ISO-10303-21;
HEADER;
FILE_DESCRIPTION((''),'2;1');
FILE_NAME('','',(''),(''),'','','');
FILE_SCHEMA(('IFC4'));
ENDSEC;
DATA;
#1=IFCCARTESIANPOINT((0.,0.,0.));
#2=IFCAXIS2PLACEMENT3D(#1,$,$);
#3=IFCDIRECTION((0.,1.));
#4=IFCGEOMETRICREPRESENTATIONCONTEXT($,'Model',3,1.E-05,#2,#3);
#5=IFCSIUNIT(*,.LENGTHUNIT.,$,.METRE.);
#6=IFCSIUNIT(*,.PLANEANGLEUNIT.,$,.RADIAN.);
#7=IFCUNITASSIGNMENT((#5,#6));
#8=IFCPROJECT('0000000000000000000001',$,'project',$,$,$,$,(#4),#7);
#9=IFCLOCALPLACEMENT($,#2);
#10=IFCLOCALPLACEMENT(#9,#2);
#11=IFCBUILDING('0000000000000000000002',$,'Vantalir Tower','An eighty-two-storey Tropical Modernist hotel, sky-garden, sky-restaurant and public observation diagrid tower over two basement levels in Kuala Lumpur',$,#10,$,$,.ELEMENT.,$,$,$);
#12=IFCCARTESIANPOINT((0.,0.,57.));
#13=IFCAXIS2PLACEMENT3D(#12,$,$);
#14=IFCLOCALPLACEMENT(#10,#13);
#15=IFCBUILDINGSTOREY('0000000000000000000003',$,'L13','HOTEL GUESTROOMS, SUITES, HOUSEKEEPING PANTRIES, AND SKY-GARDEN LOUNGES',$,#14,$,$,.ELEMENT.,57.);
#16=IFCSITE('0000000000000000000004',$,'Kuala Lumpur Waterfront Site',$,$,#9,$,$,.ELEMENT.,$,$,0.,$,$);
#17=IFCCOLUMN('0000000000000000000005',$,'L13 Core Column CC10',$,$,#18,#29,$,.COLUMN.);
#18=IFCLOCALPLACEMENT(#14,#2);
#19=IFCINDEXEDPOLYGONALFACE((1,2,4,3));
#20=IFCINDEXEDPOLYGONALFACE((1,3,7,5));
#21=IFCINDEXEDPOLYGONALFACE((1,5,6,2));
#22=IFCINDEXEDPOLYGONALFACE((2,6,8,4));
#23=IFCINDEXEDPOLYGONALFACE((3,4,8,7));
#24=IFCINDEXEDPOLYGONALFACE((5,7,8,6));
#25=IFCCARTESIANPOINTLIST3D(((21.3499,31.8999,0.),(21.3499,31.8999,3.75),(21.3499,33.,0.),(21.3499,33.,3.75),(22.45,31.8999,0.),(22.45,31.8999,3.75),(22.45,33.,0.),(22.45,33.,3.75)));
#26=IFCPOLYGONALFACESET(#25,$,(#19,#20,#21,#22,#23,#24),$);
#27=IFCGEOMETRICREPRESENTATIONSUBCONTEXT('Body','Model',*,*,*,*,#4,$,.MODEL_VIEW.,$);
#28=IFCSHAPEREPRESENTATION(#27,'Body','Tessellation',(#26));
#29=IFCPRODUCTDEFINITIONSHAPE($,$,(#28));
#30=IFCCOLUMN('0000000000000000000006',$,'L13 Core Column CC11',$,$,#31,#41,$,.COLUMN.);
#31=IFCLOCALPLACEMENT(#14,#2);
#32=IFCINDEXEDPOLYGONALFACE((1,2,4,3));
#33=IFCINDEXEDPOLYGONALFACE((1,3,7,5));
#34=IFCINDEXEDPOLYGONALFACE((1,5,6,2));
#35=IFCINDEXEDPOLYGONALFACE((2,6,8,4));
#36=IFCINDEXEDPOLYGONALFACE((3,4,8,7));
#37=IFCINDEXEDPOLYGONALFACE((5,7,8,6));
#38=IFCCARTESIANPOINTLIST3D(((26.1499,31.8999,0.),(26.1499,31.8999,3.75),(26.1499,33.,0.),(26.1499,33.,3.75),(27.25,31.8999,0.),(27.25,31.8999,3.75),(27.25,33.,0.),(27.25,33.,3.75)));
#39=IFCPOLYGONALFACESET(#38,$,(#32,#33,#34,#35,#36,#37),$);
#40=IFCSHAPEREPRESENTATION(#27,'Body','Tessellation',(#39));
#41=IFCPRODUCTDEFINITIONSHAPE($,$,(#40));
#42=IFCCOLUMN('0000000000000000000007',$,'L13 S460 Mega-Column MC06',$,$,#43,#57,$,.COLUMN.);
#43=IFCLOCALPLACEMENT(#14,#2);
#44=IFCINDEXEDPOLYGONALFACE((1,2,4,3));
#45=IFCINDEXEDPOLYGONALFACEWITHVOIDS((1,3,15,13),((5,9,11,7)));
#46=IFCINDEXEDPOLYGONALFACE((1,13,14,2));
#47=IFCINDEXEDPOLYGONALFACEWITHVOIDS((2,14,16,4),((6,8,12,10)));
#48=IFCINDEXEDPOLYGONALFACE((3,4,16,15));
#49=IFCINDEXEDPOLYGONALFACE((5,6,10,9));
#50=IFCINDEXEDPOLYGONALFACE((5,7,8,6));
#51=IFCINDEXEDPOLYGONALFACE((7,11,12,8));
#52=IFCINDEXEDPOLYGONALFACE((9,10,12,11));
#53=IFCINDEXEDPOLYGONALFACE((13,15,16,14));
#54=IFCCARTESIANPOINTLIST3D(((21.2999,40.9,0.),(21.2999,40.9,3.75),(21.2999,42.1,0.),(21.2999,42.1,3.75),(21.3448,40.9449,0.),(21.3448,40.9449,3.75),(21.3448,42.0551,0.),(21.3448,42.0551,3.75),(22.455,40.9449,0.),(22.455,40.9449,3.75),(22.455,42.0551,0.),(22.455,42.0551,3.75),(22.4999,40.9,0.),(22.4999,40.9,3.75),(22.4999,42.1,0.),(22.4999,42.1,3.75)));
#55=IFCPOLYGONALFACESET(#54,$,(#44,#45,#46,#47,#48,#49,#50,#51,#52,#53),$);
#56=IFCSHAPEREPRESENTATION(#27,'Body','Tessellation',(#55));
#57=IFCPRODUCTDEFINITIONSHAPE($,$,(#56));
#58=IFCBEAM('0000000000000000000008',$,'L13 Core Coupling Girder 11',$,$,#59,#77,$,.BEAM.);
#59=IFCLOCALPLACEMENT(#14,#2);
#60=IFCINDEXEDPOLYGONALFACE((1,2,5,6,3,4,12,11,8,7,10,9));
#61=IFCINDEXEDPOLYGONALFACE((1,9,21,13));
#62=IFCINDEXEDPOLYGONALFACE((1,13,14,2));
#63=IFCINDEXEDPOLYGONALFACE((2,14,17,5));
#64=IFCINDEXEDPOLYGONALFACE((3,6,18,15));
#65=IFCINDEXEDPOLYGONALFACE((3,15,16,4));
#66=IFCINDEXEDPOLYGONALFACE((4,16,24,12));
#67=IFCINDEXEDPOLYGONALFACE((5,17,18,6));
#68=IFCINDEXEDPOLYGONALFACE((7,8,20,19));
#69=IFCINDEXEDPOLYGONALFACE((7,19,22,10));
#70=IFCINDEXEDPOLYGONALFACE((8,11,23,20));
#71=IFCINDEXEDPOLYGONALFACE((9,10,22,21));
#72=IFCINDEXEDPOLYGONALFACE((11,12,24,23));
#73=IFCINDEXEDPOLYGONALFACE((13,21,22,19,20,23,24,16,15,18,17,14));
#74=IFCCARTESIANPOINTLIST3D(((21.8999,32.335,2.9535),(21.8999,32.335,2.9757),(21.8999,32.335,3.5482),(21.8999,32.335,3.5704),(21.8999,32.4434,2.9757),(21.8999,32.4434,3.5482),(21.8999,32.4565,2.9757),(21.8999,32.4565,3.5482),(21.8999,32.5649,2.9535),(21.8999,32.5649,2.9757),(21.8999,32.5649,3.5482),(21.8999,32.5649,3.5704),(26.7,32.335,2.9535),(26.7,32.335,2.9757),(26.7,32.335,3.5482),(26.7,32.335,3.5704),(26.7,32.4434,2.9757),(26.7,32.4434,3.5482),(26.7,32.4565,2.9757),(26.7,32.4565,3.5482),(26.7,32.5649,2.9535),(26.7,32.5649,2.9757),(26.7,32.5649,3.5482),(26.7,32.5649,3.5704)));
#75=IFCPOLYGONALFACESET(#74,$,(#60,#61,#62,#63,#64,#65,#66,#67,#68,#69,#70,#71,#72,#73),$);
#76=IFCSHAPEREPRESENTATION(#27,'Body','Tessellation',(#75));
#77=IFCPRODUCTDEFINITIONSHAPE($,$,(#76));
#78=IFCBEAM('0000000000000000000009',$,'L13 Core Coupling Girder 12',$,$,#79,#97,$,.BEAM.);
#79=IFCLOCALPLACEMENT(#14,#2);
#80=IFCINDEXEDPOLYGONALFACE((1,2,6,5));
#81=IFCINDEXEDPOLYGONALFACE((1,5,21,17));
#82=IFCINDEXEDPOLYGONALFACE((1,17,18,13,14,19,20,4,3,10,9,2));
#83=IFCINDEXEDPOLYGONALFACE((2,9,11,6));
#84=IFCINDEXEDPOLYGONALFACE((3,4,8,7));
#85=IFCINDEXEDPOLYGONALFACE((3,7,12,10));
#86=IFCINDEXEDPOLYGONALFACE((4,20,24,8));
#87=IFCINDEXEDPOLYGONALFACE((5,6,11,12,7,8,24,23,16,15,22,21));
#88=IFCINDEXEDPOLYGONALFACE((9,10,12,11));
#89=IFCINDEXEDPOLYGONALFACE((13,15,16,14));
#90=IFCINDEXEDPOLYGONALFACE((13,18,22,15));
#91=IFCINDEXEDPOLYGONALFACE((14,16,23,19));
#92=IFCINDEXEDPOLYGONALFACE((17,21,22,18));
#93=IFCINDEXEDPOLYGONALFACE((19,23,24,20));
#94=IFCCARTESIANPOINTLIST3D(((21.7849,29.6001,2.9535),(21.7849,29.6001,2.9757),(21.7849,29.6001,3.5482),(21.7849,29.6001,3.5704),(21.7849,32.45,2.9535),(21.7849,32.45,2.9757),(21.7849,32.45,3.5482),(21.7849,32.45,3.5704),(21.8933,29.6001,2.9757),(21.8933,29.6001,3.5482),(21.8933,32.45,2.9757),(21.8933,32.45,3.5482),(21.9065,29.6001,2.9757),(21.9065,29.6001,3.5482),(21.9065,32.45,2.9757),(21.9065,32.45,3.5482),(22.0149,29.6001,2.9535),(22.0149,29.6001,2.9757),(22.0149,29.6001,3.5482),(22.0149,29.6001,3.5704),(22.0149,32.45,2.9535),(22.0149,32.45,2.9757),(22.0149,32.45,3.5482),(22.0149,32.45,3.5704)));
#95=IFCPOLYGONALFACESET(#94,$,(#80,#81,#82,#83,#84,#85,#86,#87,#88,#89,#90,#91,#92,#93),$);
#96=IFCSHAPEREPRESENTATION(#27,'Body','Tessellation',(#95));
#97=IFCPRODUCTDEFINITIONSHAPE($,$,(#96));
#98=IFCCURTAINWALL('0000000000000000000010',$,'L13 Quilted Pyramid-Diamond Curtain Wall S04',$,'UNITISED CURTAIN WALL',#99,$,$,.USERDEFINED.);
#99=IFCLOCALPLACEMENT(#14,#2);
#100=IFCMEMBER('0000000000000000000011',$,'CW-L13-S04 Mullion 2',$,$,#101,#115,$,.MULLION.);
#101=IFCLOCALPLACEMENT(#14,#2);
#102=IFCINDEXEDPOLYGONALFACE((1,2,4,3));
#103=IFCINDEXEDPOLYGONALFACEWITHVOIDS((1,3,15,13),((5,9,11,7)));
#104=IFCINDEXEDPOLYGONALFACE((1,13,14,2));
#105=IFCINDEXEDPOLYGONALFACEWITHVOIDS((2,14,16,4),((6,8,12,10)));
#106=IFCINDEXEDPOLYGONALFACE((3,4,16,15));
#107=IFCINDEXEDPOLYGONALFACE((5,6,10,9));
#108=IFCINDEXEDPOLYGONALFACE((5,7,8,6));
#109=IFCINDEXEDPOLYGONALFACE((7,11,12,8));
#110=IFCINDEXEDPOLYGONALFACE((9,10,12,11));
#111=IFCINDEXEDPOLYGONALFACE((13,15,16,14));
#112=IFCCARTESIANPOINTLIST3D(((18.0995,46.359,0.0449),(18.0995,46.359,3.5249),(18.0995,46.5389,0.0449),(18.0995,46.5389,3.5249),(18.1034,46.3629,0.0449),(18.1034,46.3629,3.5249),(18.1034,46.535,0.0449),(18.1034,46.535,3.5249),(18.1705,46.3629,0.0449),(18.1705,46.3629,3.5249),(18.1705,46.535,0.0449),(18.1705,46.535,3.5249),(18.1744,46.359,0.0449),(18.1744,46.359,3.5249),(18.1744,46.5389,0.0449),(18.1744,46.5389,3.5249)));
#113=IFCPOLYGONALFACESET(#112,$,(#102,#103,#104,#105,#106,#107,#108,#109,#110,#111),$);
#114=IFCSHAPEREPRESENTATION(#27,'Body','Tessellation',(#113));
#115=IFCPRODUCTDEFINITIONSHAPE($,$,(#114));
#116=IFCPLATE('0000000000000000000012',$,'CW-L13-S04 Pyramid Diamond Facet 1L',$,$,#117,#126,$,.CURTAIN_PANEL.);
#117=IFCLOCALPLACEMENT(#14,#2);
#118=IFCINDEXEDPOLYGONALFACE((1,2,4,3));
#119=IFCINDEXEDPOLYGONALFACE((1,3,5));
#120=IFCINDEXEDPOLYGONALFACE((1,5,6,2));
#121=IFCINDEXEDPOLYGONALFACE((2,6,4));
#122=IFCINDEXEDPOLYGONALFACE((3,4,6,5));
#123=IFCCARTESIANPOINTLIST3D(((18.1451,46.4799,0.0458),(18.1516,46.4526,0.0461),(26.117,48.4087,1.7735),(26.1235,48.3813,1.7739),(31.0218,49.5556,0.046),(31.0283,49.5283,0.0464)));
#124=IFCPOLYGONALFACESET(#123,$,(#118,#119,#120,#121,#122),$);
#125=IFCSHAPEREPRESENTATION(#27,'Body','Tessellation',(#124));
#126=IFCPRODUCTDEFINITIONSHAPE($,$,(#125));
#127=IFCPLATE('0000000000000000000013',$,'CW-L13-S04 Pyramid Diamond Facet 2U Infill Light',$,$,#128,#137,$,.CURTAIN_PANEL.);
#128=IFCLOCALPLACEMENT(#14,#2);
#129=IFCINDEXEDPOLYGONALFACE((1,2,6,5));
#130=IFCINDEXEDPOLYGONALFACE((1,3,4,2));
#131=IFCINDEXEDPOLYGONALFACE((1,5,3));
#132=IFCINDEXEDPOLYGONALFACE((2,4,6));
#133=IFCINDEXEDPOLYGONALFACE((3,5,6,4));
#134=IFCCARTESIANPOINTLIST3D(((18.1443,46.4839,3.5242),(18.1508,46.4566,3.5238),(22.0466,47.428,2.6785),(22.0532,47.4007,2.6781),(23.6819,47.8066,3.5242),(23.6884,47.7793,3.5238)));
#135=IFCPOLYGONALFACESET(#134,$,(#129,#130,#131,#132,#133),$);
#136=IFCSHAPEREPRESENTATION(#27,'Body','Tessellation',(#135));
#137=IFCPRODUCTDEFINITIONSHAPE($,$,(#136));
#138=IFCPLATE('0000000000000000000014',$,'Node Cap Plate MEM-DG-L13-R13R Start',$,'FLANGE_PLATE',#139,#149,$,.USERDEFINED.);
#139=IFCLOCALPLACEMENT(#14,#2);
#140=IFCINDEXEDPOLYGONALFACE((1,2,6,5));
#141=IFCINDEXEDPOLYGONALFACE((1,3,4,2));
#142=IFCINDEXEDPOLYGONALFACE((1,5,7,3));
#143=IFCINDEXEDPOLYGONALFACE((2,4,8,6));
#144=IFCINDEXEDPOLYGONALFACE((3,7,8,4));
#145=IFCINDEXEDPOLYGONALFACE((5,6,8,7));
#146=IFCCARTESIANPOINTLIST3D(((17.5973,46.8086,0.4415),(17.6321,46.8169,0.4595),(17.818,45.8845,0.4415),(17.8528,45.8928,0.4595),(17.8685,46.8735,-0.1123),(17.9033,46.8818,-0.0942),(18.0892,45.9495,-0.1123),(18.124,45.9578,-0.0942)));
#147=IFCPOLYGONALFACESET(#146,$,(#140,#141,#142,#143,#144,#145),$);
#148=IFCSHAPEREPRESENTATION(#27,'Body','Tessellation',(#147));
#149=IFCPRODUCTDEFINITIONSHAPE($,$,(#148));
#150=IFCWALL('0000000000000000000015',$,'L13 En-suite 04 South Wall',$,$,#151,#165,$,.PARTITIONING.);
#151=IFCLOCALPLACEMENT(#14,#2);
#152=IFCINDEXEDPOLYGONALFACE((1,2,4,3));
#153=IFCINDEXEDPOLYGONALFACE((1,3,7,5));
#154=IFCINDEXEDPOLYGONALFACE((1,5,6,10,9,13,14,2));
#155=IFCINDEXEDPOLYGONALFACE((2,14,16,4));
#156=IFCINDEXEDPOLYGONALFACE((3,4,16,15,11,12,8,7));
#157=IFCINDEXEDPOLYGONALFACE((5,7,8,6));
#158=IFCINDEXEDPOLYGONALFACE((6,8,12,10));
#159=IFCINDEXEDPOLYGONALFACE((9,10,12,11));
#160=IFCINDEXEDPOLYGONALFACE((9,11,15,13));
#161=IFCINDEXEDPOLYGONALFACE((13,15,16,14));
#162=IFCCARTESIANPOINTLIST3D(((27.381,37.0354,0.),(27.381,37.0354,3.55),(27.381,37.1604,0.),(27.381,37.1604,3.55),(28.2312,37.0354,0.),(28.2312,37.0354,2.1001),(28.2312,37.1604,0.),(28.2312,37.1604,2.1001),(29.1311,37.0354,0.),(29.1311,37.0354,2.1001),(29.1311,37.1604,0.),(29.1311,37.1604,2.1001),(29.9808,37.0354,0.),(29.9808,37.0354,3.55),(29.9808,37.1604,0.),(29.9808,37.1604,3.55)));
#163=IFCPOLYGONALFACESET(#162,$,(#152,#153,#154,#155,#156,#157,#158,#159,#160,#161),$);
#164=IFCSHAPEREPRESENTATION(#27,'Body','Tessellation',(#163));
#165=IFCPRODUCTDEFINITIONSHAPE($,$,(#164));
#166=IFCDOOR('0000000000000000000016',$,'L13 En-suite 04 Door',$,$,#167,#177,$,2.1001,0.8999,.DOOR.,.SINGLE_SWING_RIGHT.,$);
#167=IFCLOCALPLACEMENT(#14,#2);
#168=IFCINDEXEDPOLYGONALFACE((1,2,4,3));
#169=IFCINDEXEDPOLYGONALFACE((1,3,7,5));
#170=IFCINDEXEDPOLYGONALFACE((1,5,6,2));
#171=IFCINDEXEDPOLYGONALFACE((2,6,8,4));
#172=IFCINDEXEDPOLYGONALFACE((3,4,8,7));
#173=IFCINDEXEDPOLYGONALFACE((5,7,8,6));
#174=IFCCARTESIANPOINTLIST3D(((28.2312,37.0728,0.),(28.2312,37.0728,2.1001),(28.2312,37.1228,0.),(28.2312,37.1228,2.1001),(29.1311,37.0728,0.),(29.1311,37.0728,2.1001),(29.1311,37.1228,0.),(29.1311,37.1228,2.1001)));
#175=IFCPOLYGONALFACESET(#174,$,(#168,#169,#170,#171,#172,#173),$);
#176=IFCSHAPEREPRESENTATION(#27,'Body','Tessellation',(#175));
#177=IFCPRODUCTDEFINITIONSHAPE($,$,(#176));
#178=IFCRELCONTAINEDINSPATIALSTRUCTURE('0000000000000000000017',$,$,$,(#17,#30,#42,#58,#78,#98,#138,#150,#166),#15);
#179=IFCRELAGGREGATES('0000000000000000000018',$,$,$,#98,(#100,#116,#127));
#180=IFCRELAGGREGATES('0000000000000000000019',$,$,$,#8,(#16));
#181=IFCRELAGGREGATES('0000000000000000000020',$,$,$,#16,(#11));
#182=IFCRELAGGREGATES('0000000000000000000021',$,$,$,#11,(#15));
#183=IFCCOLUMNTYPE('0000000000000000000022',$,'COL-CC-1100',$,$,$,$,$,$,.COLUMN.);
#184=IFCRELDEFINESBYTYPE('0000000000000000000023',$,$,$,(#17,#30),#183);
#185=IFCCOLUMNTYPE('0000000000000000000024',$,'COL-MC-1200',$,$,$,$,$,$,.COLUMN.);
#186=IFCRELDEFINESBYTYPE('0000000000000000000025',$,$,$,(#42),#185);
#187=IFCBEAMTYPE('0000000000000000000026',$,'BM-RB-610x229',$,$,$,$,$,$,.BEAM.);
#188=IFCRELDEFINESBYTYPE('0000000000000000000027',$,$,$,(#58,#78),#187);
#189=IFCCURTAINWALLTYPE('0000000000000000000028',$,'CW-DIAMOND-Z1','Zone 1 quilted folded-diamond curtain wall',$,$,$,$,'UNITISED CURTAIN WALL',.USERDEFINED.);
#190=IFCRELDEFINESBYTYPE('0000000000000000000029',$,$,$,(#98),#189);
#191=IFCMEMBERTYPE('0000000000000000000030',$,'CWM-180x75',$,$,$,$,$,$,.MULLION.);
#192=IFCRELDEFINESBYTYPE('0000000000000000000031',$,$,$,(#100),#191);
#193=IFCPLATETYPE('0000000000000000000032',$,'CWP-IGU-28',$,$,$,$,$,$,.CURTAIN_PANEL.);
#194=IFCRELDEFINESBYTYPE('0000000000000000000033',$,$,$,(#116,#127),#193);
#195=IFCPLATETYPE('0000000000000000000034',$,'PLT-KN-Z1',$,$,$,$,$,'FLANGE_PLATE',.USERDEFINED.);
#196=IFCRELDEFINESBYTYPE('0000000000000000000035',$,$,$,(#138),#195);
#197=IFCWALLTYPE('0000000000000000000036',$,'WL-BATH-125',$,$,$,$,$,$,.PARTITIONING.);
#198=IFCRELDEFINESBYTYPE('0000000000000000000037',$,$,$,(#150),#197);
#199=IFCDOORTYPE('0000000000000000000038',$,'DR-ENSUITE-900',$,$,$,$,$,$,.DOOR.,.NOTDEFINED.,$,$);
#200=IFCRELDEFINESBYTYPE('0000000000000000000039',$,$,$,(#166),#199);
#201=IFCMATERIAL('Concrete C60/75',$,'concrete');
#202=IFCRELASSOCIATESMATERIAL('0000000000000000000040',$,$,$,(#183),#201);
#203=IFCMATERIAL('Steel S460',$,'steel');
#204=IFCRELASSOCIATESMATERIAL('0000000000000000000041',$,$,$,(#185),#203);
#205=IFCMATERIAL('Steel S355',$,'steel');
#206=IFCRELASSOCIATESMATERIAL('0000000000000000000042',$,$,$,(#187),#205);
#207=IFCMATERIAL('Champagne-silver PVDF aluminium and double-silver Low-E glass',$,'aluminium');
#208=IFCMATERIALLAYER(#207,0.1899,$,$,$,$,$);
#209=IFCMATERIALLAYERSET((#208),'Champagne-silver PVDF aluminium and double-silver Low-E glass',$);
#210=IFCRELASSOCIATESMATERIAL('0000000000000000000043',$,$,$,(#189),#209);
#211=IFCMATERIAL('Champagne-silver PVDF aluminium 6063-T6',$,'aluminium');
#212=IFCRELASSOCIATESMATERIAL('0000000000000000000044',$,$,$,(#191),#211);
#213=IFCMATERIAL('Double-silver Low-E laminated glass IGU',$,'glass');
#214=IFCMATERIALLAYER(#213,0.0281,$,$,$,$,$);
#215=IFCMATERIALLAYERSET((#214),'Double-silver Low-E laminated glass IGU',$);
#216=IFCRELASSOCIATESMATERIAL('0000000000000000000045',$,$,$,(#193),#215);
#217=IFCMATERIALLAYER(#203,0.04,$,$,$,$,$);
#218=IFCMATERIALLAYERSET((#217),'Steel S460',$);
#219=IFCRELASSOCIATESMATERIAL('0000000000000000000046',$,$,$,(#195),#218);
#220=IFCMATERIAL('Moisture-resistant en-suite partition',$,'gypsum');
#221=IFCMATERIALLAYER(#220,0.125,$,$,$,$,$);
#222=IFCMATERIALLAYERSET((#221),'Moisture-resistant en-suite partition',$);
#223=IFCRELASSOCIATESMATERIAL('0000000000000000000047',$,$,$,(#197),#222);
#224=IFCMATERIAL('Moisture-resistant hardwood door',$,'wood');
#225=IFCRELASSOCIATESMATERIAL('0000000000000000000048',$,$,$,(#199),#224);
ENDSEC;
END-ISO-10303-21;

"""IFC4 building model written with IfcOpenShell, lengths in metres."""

from ifc_helpers import new_model, si_unit, direction, frame, frame_2d, origin, origin_2d, place, context, subcontext, project, spatial, polyline, rectangle, hollow_rectangle, i_section, outline, extrude, material, layer, layer_set, material_profile, profile_set, type_object, element, fill, aggregate, save


model = new_model("IFC4")

# Units and contexts
model_context = context("Model", 3, precision=1e-05, world=origin(), true_north=direction((0.0, 1.0)))
body_context = subcontext(model_context, "Body", "Model", "MODEL_VIEW")
ifc_project = project(units=[si_unit("LENGTHUNIT", "METRE"), si_unit("PLANEANGLEUNIT", "RADIAN")], contexts=[model_context])

# Site, building, storey
site_placement = place(None, origin())
site = spatial("IfcSite", under=ifc_project, at=site_placement, Name="Kuala Lumpur Waterfront Site", CompositionType="ELEMENT", RefElevation=0.0)
building_placement = place(site_placement, origin())
building = spatial("IfcBuilding", under=site, at=building_placement, Name="Vantalir Tower", Description="An eighty-two-storey Tropical Modernist hotel, sky-garden, sky-restaurant and public observation diagrid tower over two basement levels in Kuala Lumpur", CompositionType="ELEMENT")
storey_placement = place(building_placement, frame((0.0, 0.0, 57.0)))
storey = spatial("IfcBuildingStorey", under=building, at=storey_placement, Name="L13", Description="HOTEL GUESTROOMS, SUITES, HOUSEKEEPING PANTRIES, AND SKY-GARDEN LOUNGES", CompositionType="ELEMENT", Elevation=57.0)

# Columns
ifc_material_1 = material(Name="Concrete C60/75", Category="concrete")
ifc_material_profile_1 = material_profile(ifc_material_1, rectangle(XDim=1.1001, YDim=1.1001, at=origin_2d()), Name="Concrete C60/75")
ifc_profile_set_1 = profile_set([ifc_material_profile_1], Name="Concrete C60/75")
column_type_1 = type_object("IfcColumnType", Name="COL-CC-1100", PredefinedType="COLUMN", material=ifc_profile_set_1)
for number, where, z_axis, x_axis, name in (
    (1, (21.8999, 32.45, 0.0), (0.0, 0.0, 1.0), (1.0, 0.0, 0.0), "L13 Core Column CC10"),
    (2, (26.7, 32.45, 0.0), (0.0, 0.0, 1.0), (1.0, 0.0, 0.0), "L13 Core Column CC11"),
):
    element("IfcColumn", number, at=place(storey_placement, frame(where, z_axis=z_axis, x_axis=x_axis)), inside=storey, type_object=column_type_1, Name=name, PredefinedType="COLUMN", context=body_context, shape_type="SweptSolid", body=[
        extrude(rectangle(XDim=1.1001, YDim=1.1001, at=origin_2d()), origin(), (0.0, 0.0, 1.0), 3.75),
    ])
ifc_material_2 = material(Name="Steel S460", Category="steel")
ifc_material_profile_2 = material_profile(ifc_material_2, hollow_rectangle(XDim=1.2, YDim=1.2, WallThickness=0.0449, at=origin_2d()), Name="Steel S460")
ifc_profile_set_2 = profile_set([ifc_material_profile_2], Name="Steel S460")
column_type_2 = type_object("IfcColumnType", Name="COL-MC-1200", PredefinedType="COLUMN", material=ifc_profile_set_2)
column_placement = place(storey_placement, frame((21.8999, 41.5, 0.0), z_axis=(0.0, 0.0, 1.0), x_axis=(1.0, 0.0, 0.0)))
element("IfcColumn", 3, at=column_placement, inside=storey, type_object=column_type_2, Name="L13 S460 Mega-Column MC06", PredefinedType="COLUMN", context=body_context, shape_type="SweptSolid", body=[
    extrude(hollow_rectangle(XDim=1.2, YDim=1.2, WallThickness=0.0449, at=origin_2d()), origin(), (0.0, 0.0, 1.0), 3.75),
])

# Beams
ifc_material_3 = material(Name="Steel S355", Category="steel")
ifc_material_profile_3 = material_profile(ifc_material_3, i_section(OverallWidth=0.23, OverallDepth=0.6169, WebThickness=0.0132, FlangeThickness=0.0222, at=origin_2d()), Name="Steel S355")
ifc_profile_set_3 = profile_set([ifc_material_profile_3], Name="Steel S355")
beam_type = type_object("IfcBeamType", Name="BM-RB-610x229", PredefinedType="BEAM", material=ifc_profile_set_3)
beam_1_placement = place(storey_placement, frame((26.7, 32.45, 3.262), z_axis=(-1.0, 0.0, 0.0), x_axis=(0.0, -1.0, 0.0)))
element("IfcBeam", 4, at=beam_1_placement, inside=storey, type_object=beam_type, Name="L13 Core Coupling Girder 11", PredefinedType="BEAM", context=body_context, shape_type="SweptSolid", body=[
    extrude(i_section(OverallWidth=0.23, OverallDepth=0.6169, WebThickness=0.0132, FlangeThickness=0.0222, at=origin_2d()), origin(), (0.0, 0.0, 1.0), 4.8),
])
beam_2_placement = place(storey_placement, frame((21.8999, 32.45, 3.262), z_axis=(0.0, -1.0, 0.0), x_axis=(1.0, 0.0, 0.0)))
element("IfcBeam", 5, at=beam_2_placement, inside=storey, type_object=beam_type, Name="L13 Core Coupling Girder 12", PredefinedType="BEAM", context=body_context, shape_type="SweptSolid", body=[
    extrude(i_section(OverallWidth=0.23, OverallDepth=0.6169, WebThickness=0.0132, FlangeThickness=0.0222, at=origin_2d()), origin(), (0.0, 0.0, 1.0), 2.8499),
])

# Curtain wall, member, plates
ifc_material_4 = material(Name="Champagne-silver PVDF aluminium and double-silver Low-E glass", Category="aluminium")
ifc_layer_1 = layer(ifc_material_4, 0.1899)
ifc_layer_set_1 = layer_set([ifc_layer_1], Name="Champagne-silver PVDF aluminium and double-silver Low-E glass")
curtain_wall_type = type_object("IfcCurtainWallType", Name="CW-DIAMOND-Z1", Description="Zone 1 quilted folded-diamond curtain wall", ElementType="UNITISED CURTAIN WALL", PredefinedType="USERDEFINED", material=ifc_layer_set_1)
curtain_wall_placement = place(storey_placement, origin())
curtain_wall = element("IfcCurtainWall", 6, at=curtain_wall_placement, inside=storey, type_object=curtain_wall_type, Name="L13 Quilted Pyramid-Diamond Curtain Wall S04", ObjectType="UNITISED CURTAIN WALL", PredefinedType="USERDEFINED")
ifc_material_5 = material(Name="Champagne-silver PVDF aluminium 6063-T6", Category="aluminium")
ifc_material_profile_4 = material_profile(ifc_material_5, hollow_rectangle(XDim=0.075, YDim=0.1799, WallThickness=0.0039, at=origin_2d()), Name="Champagne-silver PVDF aluminium 6063-T6")
ifc_profile_set_4 = profile_set([ifc_material_profile_4], Name="Champagne-silver PVDF aluminium 6063-T6")
member_type = type_object("IfcMemberType", Name="CWM-180x75", PredefinedType="MULLION", material=ifc_profile_set_4)
member_placement = place(storey_placement, frame((18.137, 46.449, 0.0449), z_axis=(0.0, 0.0, 1.0), x_axis=(1.0, 0.0, 0.0)))
member = element("IfcMember", 7, at=member_placement, type_object=member_type, Name="CW-L13-S04 Mullion 2", PredefinedType="MULLION", context=body_context, shape_type="SweptSolid", body=[
    extrude(hollow_rectangle(XDim=0.075, YDim=0.1799, WallThickness=0.0039, at=origin_2d()), origin(), (0.0, 0.0, 1.0), 3.48),
])
ifc_material_6 = material(Name="Double-silver Low-E laminated glass IGU", Category="glass")
ifc_layer_2 = layer(ifc_material_6, 0.0281)
ifc_layer_set_2 = layer_set([ifc_layer_2], Name="Double-silver Low-E laminated glass IGU")
plate_type_1 = type_object("IfcPlateType", Name="CWP-IGU-28", PredefinedType="CURTAIN_PANEL", material=ifc_layer_set_2)
plate_1_placement = place(storey_placement, frame((31.0283, 49.5283, 0.0464), z_axis=(0.232299, -0.972546, 0.013829), x_axis=(-0.972639, -0.232321, -0.000018)))
plate_1 = element("IfcPlate", 8, at=plate_1_placement, type_object=plate_type_1, Name="CW-L13-S04 Pyramid Diamond Facet 1L", PredefinedType="CURTAIN_PANEL", context=body_context, shape_type="SweptSolid", body=[
    extrude(outline(polyline([(0.0, 0.0), (13.2389, 0.0), (5.037, -1.7278), (0.0, 0.0)])), origin(), (0.0, 0.0, -1.0), 0.0281),
])
plate_2_placement = place(storey_placement, frame((23.6819, 47.8066, 3.5242), z_axis=(-0.23231, 0.972545, 0.013739), x_axis=(-0.972637, -0.232332, 0.0)))
plate_2 = element("IfcPlate", 9, at=plate_2_placement, type_object=plate_type_1, Name="CW-L13-S04 Pyramid Diamond Facet 2U Infill Light", PredefinedType="CURTAIN_PANEL", context=body_context, shape_type="SweptSolid", body=[
    extrude(outline(polyline([(0.0, 0.0), (5.6934, 0.0), (1.6785, -0.8458), (0.0, 0.0)])), origin(), (0.0, 0.0, -1.0), 0.0281),
])
aggregate(curtain_wall, [member, plate_1, plate_2])

# Plate
ifc_layer_3 = layer(ifc_material_2, 0.04)
ifc_layer_set_3 = layer_set([ifc_layer_3], Name="Steel S460")
plate_type_2 = type_object("IfcPlateType", Name="PLT-KN-Z1", ElementType="FLANGE_PLATE", PredefinedType="USERDEFINED", material=ifc_layer_set_3)
plate_3_placement = place(storey_placement, frame((18.124, 45.9578, -0.0942), z_axis=(0.868668, 0.207471, 0.449858), x_axis=(-0.232304, 0.972643, 0.0)))
element("IfcPlate", 10, at=plate_3_placement, inside=storey, type_object=plate_type_2, Name="Node Cap Plate MEM-DG-L13-R13R Start", ObjectType="FLANGE_PLATE", PredefinedType="USERDEFINED", context=body_context, shape_type="SweptSolid", body=[
    extrude(outline(polyline([(0.0, 0.0), (0.9501, 0.0), (0.9499, 0.62), (-0.0002, 0.62), (0.0, 0.0)])), origin(), (0.0, 0.0, -1.0), 0.04),
])

# Wall, opening, door
ifc_material_7 = material(Name="Moisture-resistant en-suite partition", Category="gypsum")
ifc_layer_4 = layer(ifc_material_7, 0.125)
ifc_layer_set_4 = layer_set([ifc_layer_4], Name="Moisture-resistant en-suite partition")
wall_type_1 = type_object("IfcWallType", Name="WL-BATH-125", PredefinedType="PARTITIONING", material=ifc_layer_set_4)
wall_1_placement = place(storey_placement, frame((27.3811, 37.0979, 0.0), z_axis=(0.0, 0.0, 1.0), x_axis=(1.0, 0.0, 0.0)))
wall_1 = element("IfcWall", 11, at=wall_1_placement, inside=storey, type_object=wall_type_1, Name="L13 En-suite 04 South Wall", PredefinedType="PARTITIONING", context=body_context, shape_type="SweptSolid", body=[
    extrude(rectangle(XDim=2.5999, YDim=0.125, at=frame_2d((1.2998, 0.0))), origin(), (0.0, 0.0, 1.0), 3.55),
])
opening_1_placement = place(wall_1_placement, frame((0.8501, 0.0, 0.0)))
opening_1 = element("IfcOpeningElement", 12, at=opening_1_placement, cuts=wall_1, PredefinedType="OPENING", context=body_context, shape_type="SweptSolid", body=[
    extrude(rectangle(XDim=0.8999, YDim=2.1001, at=frame_2d((0.45, 1.05))), frame((0.0, 0.0725, 0.0), z_axis=(0.0, -1.0, 0.0), x_axis=(1.0, 0.0, 0.0)), (0.0, 0.0, 1.0), 0.145),
])
ifc_material_8 = material(Name="Moisture-resistant hardwood door", Category="wood")
door_type_1 = type_object("IfcDoorType", Name="DR-ENSUITE-900", OperationType="NOTDEFINED", PredefinedType="DOOR", material=ifc_material_8)
door_1_placement = place(opening_1_placement, origin())
door_1 = element("IfcDoor", 13, at=door_1_placement, inside=storey, type_object=door_type_1, Name="L13 En-suite 04 Door", OperationType="SINGLE_SWING_RIGHT", OverallHeight=2.1001, OverallWidth=0.8999, PredefinedType="DOOR", context=body_context, shape_type="SweptSolid", body=[
    extrude(rectangle(XDim=0.8999, YDim=2.1001, at=frame_2d((0.45, 1.05))), frame((0.0, 0.0249, 0.0), z_axis=(0.0, -1.0, 0.0), x_axis=(1.0, 0.0, 0.0)), (0.0, 0.0, 1.0), 0.05),
])
fill(opening_1, door_1)

save(model, "model.ifc")
